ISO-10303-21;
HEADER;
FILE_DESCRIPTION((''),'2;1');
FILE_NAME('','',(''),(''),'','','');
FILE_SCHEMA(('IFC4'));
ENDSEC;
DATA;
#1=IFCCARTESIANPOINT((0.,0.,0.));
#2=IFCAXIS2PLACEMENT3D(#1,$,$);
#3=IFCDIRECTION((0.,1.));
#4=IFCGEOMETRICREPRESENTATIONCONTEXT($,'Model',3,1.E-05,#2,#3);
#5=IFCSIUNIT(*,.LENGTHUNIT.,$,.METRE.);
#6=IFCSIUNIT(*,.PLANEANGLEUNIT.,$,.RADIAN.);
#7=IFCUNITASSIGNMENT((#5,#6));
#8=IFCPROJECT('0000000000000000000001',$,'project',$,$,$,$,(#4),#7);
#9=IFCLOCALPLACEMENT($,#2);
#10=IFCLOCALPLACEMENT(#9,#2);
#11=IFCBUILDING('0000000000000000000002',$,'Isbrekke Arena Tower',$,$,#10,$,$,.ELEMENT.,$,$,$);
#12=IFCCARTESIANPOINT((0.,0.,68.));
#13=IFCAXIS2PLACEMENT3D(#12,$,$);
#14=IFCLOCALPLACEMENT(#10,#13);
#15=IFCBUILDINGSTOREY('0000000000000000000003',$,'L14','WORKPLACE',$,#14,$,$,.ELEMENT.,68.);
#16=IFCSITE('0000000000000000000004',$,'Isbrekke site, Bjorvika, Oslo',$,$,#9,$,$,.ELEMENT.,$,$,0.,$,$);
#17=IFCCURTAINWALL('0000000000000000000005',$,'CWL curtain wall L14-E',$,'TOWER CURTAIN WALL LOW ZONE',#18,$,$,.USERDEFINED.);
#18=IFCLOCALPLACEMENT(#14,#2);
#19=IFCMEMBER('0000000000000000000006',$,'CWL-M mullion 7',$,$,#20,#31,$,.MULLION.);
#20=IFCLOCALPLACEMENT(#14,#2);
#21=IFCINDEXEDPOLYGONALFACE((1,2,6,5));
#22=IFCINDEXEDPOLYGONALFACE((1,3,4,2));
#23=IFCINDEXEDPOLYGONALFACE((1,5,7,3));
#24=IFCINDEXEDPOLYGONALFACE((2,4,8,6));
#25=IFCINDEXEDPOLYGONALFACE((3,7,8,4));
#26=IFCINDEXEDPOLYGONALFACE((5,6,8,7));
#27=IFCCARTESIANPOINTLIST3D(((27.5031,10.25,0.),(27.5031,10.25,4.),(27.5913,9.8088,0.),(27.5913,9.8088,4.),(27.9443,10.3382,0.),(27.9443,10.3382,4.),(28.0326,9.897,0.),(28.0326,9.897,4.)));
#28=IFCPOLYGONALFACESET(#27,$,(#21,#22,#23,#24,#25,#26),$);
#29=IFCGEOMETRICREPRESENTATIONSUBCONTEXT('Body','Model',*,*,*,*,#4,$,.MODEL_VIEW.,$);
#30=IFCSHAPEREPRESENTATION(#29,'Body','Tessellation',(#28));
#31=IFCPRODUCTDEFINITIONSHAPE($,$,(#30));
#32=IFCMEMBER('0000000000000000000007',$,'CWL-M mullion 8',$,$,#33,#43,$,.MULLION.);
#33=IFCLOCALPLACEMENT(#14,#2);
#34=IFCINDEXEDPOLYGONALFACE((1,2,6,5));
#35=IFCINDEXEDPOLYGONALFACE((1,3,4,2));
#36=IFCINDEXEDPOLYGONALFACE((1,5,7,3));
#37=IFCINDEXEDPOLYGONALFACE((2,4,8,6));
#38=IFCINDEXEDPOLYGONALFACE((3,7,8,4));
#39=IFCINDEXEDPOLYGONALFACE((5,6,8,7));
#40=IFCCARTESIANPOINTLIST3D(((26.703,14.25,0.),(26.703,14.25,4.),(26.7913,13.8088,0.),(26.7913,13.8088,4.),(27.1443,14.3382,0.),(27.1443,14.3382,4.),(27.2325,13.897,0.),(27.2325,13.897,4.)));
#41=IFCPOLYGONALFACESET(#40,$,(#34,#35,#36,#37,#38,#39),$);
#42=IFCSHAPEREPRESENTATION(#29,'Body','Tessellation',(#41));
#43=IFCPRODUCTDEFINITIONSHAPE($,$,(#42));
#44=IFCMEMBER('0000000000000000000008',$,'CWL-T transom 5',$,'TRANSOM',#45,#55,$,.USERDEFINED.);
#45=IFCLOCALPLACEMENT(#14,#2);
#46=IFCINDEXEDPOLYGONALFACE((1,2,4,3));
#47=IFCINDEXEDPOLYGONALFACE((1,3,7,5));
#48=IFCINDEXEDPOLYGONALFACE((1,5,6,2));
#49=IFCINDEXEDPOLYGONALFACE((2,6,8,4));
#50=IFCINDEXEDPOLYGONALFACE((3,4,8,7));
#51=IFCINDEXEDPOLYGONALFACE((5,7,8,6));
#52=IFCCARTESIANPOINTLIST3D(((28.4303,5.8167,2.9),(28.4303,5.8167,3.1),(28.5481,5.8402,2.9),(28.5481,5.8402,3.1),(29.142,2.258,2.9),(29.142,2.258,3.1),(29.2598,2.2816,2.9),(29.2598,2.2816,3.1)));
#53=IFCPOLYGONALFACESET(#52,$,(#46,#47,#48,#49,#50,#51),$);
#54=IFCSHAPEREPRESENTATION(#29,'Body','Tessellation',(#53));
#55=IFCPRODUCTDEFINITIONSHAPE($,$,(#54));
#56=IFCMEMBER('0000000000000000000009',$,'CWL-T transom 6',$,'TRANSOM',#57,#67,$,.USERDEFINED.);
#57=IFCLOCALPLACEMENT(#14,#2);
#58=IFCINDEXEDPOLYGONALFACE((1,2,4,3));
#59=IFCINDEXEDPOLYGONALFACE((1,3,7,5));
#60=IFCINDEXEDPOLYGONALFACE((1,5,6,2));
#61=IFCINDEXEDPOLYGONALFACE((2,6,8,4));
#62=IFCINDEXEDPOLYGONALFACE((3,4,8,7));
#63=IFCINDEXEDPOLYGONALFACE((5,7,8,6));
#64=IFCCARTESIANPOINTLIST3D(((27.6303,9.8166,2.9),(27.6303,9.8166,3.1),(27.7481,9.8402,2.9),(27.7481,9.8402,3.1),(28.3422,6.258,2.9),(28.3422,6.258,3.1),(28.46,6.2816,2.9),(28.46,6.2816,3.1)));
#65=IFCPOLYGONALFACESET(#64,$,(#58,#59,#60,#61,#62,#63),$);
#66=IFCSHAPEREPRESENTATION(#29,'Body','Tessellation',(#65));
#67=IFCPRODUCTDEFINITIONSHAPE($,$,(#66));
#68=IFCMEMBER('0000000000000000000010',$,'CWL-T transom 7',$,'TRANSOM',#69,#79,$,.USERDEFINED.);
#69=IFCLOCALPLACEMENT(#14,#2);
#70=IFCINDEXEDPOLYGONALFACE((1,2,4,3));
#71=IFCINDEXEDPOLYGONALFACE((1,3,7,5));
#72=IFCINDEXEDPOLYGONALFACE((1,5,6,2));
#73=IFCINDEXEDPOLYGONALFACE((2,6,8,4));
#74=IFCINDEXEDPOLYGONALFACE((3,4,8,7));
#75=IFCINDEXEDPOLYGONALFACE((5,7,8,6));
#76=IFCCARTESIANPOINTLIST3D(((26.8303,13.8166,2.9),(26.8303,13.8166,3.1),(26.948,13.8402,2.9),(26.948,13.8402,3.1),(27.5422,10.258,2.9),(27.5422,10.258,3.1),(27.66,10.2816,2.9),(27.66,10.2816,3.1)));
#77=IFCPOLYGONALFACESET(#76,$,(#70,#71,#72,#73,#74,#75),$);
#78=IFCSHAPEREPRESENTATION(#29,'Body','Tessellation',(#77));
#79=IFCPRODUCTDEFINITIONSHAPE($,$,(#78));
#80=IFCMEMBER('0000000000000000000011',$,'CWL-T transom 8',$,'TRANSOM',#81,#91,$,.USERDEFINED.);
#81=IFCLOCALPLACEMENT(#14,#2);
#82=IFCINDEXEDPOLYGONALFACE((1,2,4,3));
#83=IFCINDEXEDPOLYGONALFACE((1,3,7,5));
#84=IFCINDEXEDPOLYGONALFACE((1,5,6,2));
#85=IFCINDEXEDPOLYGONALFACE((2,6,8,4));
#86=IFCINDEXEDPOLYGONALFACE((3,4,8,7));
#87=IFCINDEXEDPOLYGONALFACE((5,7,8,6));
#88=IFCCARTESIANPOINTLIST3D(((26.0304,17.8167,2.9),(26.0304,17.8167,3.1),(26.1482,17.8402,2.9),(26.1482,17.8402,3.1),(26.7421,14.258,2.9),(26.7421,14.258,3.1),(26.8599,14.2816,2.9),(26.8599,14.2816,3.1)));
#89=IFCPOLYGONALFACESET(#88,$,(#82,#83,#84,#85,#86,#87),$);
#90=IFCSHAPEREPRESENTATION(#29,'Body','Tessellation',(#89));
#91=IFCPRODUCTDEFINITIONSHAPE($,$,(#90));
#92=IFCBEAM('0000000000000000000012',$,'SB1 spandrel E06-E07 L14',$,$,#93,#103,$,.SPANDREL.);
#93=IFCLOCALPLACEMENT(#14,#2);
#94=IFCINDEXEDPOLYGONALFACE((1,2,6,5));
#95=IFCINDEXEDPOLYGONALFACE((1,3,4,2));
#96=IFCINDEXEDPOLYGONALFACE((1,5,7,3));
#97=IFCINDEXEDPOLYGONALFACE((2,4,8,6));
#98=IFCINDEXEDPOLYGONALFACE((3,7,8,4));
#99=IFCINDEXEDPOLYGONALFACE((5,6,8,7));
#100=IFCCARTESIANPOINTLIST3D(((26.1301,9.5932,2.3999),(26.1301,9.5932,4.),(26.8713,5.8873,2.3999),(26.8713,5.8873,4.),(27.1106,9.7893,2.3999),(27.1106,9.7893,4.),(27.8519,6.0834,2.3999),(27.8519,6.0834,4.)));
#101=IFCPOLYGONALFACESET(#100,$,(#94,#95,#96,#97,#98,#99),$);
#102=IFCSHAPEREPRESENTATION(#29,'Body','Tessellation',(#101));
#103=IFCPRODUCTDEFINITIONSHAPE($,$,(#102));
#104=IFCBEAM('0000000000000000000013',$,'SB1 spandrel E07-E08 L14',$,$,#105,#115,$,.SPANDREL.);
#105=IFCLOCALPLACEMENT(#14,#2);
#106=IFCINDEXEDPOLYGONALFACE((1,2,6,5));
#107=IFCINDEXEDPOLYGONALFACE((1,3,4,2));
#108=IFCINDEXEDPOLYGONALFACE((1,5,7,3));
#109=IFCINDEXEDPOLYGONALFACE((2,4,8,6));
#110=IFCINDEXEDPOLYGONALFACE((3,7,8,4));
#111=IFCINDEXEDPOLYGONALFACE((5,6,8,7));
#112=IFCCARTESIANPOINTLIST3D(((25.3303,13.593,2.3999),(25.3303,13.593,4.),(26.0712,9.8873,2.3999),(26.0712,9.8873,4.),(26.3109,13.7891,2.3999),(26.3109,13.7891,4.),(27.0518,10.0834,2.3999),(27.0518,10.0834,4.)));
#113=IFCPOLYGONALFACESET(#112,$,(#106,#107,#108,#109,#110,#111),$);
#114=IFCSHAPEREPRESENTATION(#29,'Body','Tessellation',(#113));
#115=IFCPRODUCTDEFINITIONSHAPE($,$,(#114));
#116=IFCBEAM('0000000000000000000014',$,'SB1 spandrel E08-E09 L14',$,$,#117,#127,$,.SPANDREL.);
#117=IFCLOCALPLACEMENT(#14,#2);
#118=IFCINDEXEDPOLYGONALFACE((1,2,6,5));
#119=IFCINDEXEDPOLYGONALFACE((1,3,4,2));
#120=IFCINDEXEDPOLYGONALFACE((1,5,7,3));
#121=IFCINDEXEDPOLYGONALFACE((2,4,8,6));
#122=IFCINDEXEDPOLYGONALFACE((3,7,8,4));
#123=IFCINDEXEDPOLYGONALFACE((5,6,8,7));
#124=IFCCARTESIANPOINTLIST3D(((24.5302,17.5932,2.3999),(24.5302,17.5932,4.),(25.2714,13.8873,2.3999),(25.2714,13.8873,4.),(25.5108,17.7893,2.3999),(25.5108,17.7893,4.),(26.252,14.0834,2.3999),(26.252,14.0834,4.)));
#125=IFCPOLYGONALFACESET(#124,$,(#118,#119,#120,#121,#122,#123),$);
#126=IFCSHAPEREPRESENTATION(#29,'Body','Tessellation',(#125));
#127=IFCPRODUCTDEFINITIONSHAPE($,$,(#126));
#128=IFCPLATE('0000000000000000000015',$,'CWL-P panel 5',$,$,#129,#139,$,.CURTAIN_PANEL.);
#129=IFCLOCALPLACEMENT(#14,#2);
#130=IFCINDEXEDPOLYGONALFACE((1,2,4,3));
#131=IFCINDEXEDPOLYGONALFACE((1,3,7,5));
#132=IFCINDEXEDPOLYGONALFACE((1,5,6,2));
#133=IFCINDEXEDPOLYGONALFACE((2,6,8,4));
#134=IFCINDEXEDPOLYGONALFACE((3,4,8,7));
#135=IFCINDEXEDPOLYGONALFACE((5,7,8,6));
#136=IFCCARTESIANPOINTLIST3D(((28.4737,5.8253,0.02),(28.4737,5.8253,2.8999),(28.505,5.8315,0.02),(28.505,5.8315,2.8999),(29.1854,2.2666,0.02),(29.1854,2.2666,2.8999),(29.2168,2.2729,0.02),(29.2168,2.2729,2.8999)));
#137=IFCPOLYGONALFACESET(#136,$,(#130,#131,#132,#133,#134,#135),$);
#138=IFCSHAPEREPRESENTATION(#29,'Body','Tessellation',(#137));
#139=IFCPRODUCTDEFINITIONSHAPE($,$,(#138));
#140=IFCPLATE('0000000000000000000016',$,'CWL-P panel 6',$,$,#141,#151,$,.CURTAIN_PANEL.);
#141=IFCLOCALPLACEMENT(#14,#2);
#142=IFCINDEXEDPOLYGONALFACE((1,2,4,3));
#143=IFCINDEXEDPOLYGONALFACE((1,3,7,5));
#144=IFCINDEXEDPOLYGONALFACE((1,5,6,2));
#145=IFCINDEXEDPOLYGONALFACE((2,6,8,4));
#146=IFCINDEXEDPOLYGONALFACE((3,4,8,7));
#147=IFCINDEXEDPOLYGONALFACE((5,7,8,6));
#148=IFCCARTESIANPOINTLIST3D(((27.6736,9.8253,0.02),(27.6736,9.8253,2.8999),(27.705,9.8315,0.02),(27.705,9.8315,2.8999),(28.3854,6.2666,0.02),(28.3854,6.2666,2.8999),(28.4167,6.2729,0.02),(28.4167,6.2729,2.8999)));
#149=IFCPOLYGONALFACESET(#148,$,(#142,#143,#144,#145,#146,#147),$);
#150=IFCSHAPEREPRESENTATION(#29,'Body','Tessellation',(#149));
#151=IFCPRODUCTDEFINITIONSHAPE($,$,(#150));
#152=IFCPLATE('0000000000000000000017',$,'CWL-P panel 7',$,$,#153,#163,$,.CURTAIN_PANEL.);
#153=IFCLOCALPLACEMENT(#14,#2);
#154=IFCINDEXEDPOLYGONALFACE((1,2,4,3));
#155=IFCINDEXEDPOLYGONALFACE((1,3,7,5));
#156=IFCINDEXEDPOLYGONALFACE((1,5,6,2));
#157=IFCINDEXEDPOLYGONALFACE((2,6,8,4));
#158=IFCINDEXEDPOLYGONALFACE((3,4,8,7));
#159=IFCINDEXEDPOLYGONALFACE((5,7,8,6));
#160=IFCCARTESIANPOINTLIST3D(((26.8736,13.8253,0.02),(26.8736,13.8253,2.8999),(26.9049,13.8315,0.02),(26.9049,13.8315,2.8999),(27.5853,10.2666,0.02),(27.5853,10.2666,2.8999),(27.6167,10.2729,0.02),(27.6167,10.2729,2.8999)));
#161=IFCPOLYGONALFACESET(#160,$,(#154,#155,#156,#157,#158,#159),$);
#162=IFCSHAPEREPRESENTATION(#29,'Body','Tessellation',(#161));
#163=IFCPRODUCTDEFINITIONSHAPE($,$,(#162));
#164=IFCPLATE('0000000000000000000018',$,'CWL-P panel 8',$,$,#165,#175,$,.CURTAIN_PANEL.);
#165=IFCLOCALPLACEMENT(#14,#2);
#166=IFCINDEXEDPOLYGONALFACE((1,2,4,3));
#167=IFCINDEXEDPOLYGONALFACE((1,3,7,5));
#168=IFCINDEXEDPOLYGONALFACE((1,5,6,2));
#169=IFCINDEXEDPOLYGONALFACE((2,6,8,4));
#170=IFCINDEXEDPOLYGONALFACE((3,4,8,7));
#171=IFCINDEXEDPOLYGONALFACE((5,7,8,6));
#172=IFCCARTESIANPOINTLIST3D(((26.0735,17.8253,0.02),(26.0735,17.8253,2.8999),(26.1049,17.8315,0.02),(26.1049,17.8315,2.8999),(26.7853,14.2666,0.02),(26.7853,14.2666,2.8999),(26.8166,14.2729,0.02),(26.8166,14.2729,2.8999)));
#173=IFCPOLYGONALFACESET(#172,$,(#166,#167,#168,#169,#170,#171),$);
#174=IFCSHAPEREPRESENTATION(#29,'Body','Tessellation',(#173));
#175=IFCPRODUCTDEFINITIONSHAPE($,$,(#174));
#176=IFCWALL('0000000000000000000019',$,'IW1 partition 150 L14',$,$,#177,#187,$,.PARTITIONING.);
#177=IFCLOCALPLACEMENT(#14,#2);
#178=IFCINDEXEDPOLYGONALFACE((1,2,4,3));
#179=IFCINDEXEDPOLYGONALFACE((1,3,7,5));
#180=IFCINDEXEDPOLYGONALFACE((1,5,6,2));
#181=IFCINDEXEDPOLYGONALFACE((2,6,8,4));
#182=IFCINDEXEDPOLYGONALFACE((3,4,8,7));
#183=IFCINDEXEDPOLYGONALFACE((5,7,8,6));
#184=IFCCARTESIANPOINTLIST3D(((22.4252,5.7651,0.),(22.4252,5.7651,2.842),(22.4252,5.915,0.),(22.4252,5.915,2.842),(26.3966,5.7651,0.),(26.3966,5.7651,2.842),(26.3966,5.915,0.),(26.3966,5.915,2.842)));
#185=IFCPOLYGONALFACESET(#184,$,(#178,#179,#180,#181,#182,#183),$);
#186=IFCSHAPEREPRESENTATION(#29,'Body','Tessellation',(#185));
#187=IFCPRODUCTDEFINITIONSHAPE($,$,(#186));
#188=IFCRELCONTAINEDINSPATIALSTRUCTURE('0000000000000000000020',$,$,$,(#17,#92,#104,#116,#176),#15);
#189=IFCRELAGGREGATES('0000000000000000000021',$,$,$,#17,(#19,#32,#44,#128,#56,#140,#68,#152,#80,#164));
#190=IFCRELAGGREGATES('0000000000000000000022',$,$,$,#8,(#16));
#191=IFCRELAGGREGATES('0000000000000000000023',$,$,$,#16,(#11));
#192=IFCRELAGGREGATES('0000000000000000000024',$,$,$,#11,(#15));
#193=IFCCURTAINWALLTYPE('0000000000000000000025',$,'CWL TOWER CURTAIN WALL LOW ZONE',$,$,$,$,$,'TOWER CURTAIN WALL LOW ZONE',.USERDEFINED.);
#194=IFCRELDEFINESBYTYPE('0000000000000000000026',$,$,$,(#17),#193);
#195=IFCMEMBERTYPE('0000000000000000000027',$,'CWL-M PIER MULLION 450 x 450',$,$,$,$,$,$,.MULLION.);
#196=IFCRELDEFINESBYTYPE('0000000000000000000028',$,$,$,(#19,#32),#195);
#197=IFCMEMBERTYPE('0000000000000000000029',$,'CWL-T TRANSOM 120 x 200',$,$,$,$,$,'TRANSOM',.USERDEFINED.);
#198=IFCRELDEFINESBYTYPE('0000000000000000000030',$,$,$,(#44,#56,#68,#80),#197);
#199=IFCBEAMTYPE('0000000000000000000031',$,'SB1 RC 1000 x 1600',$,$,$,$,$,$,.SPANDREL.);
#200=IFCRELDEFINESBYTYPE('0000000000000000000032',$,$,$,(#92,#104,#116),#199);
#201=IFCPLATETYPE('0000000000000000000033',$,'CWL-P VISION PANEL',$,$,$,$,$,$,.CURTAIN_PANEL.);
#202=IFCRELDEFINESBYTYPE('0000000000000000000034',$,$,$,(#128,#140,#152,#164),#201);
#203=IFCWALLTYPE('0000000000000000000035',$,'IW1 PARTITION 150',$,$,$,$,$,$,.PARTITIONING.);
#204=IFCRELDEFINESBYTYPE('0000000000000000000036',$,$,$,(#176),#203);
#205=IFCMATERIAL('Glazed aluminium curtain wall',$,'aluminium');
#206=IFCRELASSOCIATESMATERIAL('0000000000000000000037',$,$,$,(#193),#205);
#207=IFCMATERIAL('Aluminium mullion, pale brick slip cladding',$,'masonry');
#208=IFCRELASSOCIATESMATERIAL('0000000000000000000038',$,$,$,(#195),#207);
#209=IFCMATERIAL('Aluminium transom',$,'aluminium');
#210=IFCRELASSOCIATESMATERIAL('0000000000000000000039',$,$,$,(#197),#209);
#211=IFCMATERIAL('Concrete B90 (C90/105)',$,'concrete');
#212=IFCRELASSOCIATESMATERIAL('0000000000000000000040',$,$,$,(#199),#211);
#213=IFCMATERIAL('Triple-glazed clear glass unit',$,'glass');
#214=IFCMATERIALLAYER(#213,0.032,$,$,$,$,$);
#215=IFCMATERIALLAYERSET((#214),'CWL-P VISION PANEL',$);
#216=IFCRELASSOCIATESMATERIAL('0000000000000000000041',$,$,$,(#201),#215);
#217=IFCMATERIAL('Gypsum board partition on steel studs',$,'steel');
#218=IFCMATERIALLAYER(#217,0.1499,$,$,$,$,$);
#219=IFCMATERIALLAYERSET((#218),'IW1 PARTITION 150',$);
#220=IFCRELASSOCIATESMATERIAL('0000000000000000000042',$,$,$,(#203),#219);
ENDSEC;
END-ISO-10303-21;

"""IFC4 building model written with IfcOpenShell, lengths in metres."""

from ifc_helpers import new_model, si_unit, direction, frame, frame_2d, origin, origin_2d, place, context, subcontext, project, spatial, rectangle, extrude, material, layer, layer_set, material_profile, profile_set, type_object, element, aggregate, save


model = new_model("IFC4")

# Units and contexts
model_context = context("Model", 3, precision=1e-05, world=origin(), true_north=direction((0.0, 1.0)))
body_context = subcontext(model_context, "Body", "Model", "MODEL_VIEW")
ifc_project = project(units=[si_unit("LENGTHUNIT", "METRE"), si_unit("PLANEANGLEUNIT", "RADIAN")], contexts=[model_context])

# Site, building, storey
site_placement = place(None, origin())
site = spatial("IfcSite", under=ifc_project, at=site_placement, Name="Isbrekke site, Bjorvika, Oslo", CompositionType="ELEMENT", RefElevation=0.0)
building_placement = place(site_placement, origin())
building = spatial("IfcBuilding", under=site, at=building_placement, Name="Isbrekke Arena Tower", CompositionType="ELEMENT")
storey_placement = place(building_placement, frame((0.0, 0.0, 68.0)))
storey = spatial("IfcBuildingStorey", under=building, at=storey_placement, Name="L14", Description="WORKPLACE", CompositionType="ELEMENT", Elevation=68.0)

# Curtain wall, members
ifc_material_1 = material(Name="Glazed aluminium curtain wall", Category="aluminium")
curtain_wall_type = type_object("IfcCurtainWallType", Name="CWL TOWER CURTAIN WALL LOW ZONE", ElementType="TOWER CURTAIN WALL LOW ZONE", PredefinedType="USERDEFINED", material=ifc_material_1)
curtain_wall_placement = place(storey_placement, origin())
curtain_wall = element("IfcCurtainWall", 1, at=curtain_wall_placement, inside=storey, type_object=curtain_wall_type, Name="CWL curtain wall L14-E", ObjectType="TOWER CURTAIN WALL LOW ZONE", PredefinedType="USERDEFINED")
ifc_material_2 = material(Name="Aluminium mullion, pale brick slip cladding", Category="masonry")
ifc_material_profile_1 = material_profile(ifc_material_2, rectangle(XDim=0.45, YDim=0.45, at=origin_2d()), Name="PIER 450X450")
ifc_profile_set_1 = profile_set([ifc_material_profile_1], Name="Aluminium mullion, pale brick slip cladding")
member_type_1 = type_object("IfcMemberType", Name="CWL-M PIER MULLION 450 x 450", PredefinedType="MULLION", material=ifc_profile_set_1)
member_1_placement = place(storey_placement, frame((27.7678, 10.0735, 0.0), z_axis=(0.0, 0.0, 1.0), x_axis=(-0.196116, 0.980581, 0.0)))
member_1 = element("IfcMember", 2, at=member_1_placement, type_object=member_type_1, Name="CWL-M mullion 7", PredefinedType="MULLION", context=body_context, shape_type="SweptSolid", body=[
    extrude(rectangle(XDim=0.45, YDim=0.45, at=origin_2d()), origin(), (0.0, 0.0, 1.0), 4.0),
])
member_2_placement = place(storey_placement, frame((26.9678, 14.0735, 0.0), z_axis=(0.0, 0.0, 1.0), x_axis=(-0.196116, 0.980581, 0.0)))
member_2 = element("IfcMember", 3, at=member_2_placement, type_object=member_type_1, Name="CWL-M mullion 8", PredefinedType="MULLION", context=body_context, shape_type="SweptSolid", body=[
    extrude(rectangle(XDim=0.45, YDim=0.45, at=origin_2d()), origin(), (0.0, 0.0, 1.0), 4.0),
])
ifc_material_3 = material(Name="Aluminium transom", Category="aluminium")
ifc_material_profile_2 = material_profile(ifc_material_3, rectangle(XDim=0.1201, YDim=0.2, at=origin_2d()), Name="TRANSOM 120X200")
ifc_profile_set_2 = profile_set([ifc_material_profile_2], Name="Aluminium transom")
member_type_2 = type_object("IfcMemberType", Name="CWL-T TRANSOM 120 x 200", ElementType="TRANSOM", PredefinedType="USERDEFINED", material=ifc_profile_set_2)
member_3_placement = place(storey_placement, frame((29.2009, 2.2698, 3.0), z_axis=(-0.196103, 0.980583, 0.0), x_axis=(-0.980583, -0.196103, 0.0)))
member_3 = element("IfcMember", 4, at=member_3_placement, type_object=member_type_2, Name="CWL-T transom 5", ObjectType="TRANSOM", PredefinedType="USERDEFINED", context=body_context, shape_type="SweptSolid", body=[
    extrude(rectangle(XDim=0.1201, YDim=0.2, at=origin_2d()), origin(), (0.0, 0.0, 1.0), 3.6292),
])
member_4_placement = place(storey_placement, frame((28.4011, 6.2698, 3.0), z_axis=(-0.196168, 0.98057, 0.0), x_axis=(-0.98057, -0.196168, 0.0)))
member_4 = element("IfcMember", 5, at=member_4_placement, type_object=member_type_2, Name="CWL-T transom 6", ObjectType="TRANSOM", PredefinedType="USERDEFINED", context=body_context, shape_type="SweptSolid", body=[
    extrude(rectangle(XDim=0.1201, YDim=0.2, at=origin_2d()), origin(), (0.0, 0.0, 1.0), 3.6292),
])
member_5_placement = place(storey_placement, frame((27.6011, 10.2698, 3.0), z_axis=(-0.196168, 0.98057, 0.0), x_axis=(-0.98057, -0.196168, 0.0)))
member_5 = element("IfcMember", 6, at=member_5_placement, type_object=member_type_2, Name="CWL-T transom 7", ObjectType="TRANSOM", PredefinedType="USERDEFINED", context=body_context, shape_type="SweptSolid", body=[
    extrude(rectangle(XDim=0.1201, YDim=0.2, at=origin_2d()), origin(), (0.0, 0.0, 1.0), 3.6292),
])
member_6_placement = place(storey_placement, frame((26.801, 14.2698, 3.0), z_axis=(-0.196103, 0.980583, 0.0), x_axis=(-0.980583, -0.196103, 0.0)))
member_6 = element("IfcMember", 7, at=member_6_placement, type_object=member_type_2, Name="CWL-T transom 8", ObjectType="TRANSOM", PredefinedType="USERDEFINED", context=body_context, shape_type="SweptSolid", body=[
    extrude(rectangle(XDim=0.1201, YDim=0.2, at=origin_2d()), origin(), (0.0, 0.0, 1.0), 3.6292),
])

# Beams
ifc_material_4 = material(Name="Concrete B90 (C90/105)", Category="concrete")
ifc_material_profile_3 = material_profile(ifc_material_4, rectangle(XDim=1.0, YDim=1.6001, at=origin_2d()), Name="RC 1000x1600")
ifc_profile_set_3 = profile_set([ifc_material_profile_3], Name="Concrete B90 (C90/105)")
beam_type_1 = type_object("IfcBeamType", Name="SB1 RC 1000 x 1600", PredefinedType="SPANDREL", material=ifc_profile_set_3)
beam_1_placement = place(storey_placement, frame((27.3616, 5.9854, 3.2), z_axis=(-0.196129, 0.980578, 0.0), x_axis=(-0.980578, -0.196129, 0.0)))
element("IfcBeam", 8, at=beam_1_placement, inside=storey, type_object=beam_type_1, Name="SB1 spandrel E06-E07 L14", PredefinedType="SPANDREL", context=body_context, shape_type="SweptSolid", body=[
    extrude(rectangle(XDim=1.0, YDim=1.6001, at=origin_2d()), origin(), (0.0, 0.0, 1.0), 3.7793),
])
beam_2_placement = place(storey_placement, frame((26.5615, 9.9854, 3.2), z_axis=(-0.196066, 0.980591, 0.0), x_axis=(-0.980591, -0.196066, 0.0)))
element("IfcBeam", 9, at=beam_2_placement, inside=storey, type_object=beam_type_1, Name="SB1 spandrel E07-E08 L14", PredefinedType="SPANDREL", context=body_context, shape_type="SweptSolid", body=[
    extrude(rectangle(XDim=1.0, YDim=1.6001, at=origin_2d()), origin(), (0.0, 0.0, 1.0), 3.7791),
])
beam_3_placement = place(storey_placement, frame((25.7617, 13.9854, 3.2), z_axis=(-0.196129, 0.980578, 0.0), x_axis=(-0.980578, -0.196129, 0.0)))
element("IfcBeam", 10, at=beam_3_placement, inside=storey, type_object=beam_type_1, Name="SB1 spandrel E08-E09 L14", PredefinedType="SPANDREL", context=body_context, shape_type="SweptSolid", body=[
    extrude(rectangle(XDim=1.0, YDim=1.6001, at=origin_2d()), origin(), (0.0, 0.0, 1.0), 3.7793),
])

# Plates
ifc_material_5 = material(Name="Triple-glazed clear glass unit", Category="glass")
ifc_layer_1 = layer(ifc_material_5, 0.032)
ifc_layer_set_1 = layer_set([ifc_layer_1], Name="CWL-P VISION PANEL")
plate_type = type_object("IfcPlateType", Name="CWL-P VISION PANEL", PredefinedType="CURTAIN_PANEL", material=ifc_layer_set_1)
plate_1_placement = place(storey_placement, frame((28.8452, 4.0491, 0.02), z_axis=(0.0, 0.0, 1.0), x_axis=(-0.196116, 0.980581, 0.0)))
plate_1 = element("IfcPlate", 11, at=plate_1_placement, type_object=plate_type, Name="CWL-P panel 5", PredefinedType="CURTAIN_PANEL", context=body_context, shape_type="SweptSolid", body=[
    extrude(rectangle(XDim=3.6292, YDim=0.032, at=origin_2d()), origin(), (0.0, 0.0, 1.0), 2.8799),
])
plate_2_placement = place(storey_placement, frame((28.0452, 8.0491, 0.02), z_axis=(0.0, 0.0, 1.0), x_axis=(-0.196116, 0.980581, 0.0)))
plate_2 = element("IfcPlate", 12, at=plate_2_placement, type_object=plate_type, Name="CWL-P panel 6", PredefinedType="CURTAIN_PANEL", context=body_context, shape_type="SweptSolid", body=[
    extrude(rectangle(XDim=3.6292, YDim=0.032, at=origin_2d()), origin(), (0.0, 0.0, 1.0), 2.8799),
])
plate_3_placement = place(storey_placement, frame((27.2451, 12.0491, 0.02), z_axis=(0.0, 0.0, 1.0), x_axis=(-0.196116, 0.980581, 0.0)))
plate_3 = element("IfcPlate", 13, at=plate_3_placement, type_object=plate_type, Name="CWL-P panel 7", PredefinedType="CURTAIN_PANEL", context=body_context, shape_type="SweptSolid", body=[
    extrude(rectangle(XDim=3.6292, YDim=0.032, at=origin_2d()), origin(), (0.0, 0.0, 1.0), 2.8799),
])
plate_4_placement = place(storey_placement, frame((26.4451, 16.0491, 0.02), z_axis=(0.0, 0.0, 1.0), x_axis=(-0.196116, 0.980581, 0.0)))
plate_4 = element("IfcPlate", 14, at=plate_4_placement, type_object=plate_type, Name="CWL-P panel 8", PredefinedType="CURTAIN_PANEL", context=body_context, shape_type="SweptSolid", body=[
    extrude(rectangle(XDim=3.6292, YDim=0.032, at=origin_2d()), origin(), (0.0, 0.0, 1.0), 2.8799),
])
aggregate(curtain_wall, [member_1, member_2, member_3, plate_1, member_4, plate_2, member_5, plate_3, member_6, plate_4])

# Wall
ifc_material_6 = material(Name="Gypsum board partition on steel studs", Category="steel")
ifc_layer_2 = layer(ifc_material_6, 0.1499)
ifc_layer_set_2 = layer_set([ifc_layer_2], Name="IW1 PARTITION 150")
wall_type = type_object("IfcWallType", Name="IW1 PARTITION 150", PredefinedType="PARTITIONING", material=ifc_layer_set_2)
wall_1_placement = place(storey_placement, frame((22.425, 5.8401, 0.0), z_axis=(0.0, 0.0, 1.0), x_axis=(1.0, 0.0, 0.0)))
element("IfcWall", 15, at=wall_1_placement, inside=storey, type_object=wall_type, Name="IW1 partition 150 L14", PredefinedType="PARTITIONING", context=body_context, shape_type="SweptSolid", body=[
    extrude(rectangle(XDim=3.9714, YDim=0.1499, at=frame_2d((1.9858, 0.0))), origin(), (0.0, 0.0, 1.0), 2.842),
])

save(model, "model.ifc")
